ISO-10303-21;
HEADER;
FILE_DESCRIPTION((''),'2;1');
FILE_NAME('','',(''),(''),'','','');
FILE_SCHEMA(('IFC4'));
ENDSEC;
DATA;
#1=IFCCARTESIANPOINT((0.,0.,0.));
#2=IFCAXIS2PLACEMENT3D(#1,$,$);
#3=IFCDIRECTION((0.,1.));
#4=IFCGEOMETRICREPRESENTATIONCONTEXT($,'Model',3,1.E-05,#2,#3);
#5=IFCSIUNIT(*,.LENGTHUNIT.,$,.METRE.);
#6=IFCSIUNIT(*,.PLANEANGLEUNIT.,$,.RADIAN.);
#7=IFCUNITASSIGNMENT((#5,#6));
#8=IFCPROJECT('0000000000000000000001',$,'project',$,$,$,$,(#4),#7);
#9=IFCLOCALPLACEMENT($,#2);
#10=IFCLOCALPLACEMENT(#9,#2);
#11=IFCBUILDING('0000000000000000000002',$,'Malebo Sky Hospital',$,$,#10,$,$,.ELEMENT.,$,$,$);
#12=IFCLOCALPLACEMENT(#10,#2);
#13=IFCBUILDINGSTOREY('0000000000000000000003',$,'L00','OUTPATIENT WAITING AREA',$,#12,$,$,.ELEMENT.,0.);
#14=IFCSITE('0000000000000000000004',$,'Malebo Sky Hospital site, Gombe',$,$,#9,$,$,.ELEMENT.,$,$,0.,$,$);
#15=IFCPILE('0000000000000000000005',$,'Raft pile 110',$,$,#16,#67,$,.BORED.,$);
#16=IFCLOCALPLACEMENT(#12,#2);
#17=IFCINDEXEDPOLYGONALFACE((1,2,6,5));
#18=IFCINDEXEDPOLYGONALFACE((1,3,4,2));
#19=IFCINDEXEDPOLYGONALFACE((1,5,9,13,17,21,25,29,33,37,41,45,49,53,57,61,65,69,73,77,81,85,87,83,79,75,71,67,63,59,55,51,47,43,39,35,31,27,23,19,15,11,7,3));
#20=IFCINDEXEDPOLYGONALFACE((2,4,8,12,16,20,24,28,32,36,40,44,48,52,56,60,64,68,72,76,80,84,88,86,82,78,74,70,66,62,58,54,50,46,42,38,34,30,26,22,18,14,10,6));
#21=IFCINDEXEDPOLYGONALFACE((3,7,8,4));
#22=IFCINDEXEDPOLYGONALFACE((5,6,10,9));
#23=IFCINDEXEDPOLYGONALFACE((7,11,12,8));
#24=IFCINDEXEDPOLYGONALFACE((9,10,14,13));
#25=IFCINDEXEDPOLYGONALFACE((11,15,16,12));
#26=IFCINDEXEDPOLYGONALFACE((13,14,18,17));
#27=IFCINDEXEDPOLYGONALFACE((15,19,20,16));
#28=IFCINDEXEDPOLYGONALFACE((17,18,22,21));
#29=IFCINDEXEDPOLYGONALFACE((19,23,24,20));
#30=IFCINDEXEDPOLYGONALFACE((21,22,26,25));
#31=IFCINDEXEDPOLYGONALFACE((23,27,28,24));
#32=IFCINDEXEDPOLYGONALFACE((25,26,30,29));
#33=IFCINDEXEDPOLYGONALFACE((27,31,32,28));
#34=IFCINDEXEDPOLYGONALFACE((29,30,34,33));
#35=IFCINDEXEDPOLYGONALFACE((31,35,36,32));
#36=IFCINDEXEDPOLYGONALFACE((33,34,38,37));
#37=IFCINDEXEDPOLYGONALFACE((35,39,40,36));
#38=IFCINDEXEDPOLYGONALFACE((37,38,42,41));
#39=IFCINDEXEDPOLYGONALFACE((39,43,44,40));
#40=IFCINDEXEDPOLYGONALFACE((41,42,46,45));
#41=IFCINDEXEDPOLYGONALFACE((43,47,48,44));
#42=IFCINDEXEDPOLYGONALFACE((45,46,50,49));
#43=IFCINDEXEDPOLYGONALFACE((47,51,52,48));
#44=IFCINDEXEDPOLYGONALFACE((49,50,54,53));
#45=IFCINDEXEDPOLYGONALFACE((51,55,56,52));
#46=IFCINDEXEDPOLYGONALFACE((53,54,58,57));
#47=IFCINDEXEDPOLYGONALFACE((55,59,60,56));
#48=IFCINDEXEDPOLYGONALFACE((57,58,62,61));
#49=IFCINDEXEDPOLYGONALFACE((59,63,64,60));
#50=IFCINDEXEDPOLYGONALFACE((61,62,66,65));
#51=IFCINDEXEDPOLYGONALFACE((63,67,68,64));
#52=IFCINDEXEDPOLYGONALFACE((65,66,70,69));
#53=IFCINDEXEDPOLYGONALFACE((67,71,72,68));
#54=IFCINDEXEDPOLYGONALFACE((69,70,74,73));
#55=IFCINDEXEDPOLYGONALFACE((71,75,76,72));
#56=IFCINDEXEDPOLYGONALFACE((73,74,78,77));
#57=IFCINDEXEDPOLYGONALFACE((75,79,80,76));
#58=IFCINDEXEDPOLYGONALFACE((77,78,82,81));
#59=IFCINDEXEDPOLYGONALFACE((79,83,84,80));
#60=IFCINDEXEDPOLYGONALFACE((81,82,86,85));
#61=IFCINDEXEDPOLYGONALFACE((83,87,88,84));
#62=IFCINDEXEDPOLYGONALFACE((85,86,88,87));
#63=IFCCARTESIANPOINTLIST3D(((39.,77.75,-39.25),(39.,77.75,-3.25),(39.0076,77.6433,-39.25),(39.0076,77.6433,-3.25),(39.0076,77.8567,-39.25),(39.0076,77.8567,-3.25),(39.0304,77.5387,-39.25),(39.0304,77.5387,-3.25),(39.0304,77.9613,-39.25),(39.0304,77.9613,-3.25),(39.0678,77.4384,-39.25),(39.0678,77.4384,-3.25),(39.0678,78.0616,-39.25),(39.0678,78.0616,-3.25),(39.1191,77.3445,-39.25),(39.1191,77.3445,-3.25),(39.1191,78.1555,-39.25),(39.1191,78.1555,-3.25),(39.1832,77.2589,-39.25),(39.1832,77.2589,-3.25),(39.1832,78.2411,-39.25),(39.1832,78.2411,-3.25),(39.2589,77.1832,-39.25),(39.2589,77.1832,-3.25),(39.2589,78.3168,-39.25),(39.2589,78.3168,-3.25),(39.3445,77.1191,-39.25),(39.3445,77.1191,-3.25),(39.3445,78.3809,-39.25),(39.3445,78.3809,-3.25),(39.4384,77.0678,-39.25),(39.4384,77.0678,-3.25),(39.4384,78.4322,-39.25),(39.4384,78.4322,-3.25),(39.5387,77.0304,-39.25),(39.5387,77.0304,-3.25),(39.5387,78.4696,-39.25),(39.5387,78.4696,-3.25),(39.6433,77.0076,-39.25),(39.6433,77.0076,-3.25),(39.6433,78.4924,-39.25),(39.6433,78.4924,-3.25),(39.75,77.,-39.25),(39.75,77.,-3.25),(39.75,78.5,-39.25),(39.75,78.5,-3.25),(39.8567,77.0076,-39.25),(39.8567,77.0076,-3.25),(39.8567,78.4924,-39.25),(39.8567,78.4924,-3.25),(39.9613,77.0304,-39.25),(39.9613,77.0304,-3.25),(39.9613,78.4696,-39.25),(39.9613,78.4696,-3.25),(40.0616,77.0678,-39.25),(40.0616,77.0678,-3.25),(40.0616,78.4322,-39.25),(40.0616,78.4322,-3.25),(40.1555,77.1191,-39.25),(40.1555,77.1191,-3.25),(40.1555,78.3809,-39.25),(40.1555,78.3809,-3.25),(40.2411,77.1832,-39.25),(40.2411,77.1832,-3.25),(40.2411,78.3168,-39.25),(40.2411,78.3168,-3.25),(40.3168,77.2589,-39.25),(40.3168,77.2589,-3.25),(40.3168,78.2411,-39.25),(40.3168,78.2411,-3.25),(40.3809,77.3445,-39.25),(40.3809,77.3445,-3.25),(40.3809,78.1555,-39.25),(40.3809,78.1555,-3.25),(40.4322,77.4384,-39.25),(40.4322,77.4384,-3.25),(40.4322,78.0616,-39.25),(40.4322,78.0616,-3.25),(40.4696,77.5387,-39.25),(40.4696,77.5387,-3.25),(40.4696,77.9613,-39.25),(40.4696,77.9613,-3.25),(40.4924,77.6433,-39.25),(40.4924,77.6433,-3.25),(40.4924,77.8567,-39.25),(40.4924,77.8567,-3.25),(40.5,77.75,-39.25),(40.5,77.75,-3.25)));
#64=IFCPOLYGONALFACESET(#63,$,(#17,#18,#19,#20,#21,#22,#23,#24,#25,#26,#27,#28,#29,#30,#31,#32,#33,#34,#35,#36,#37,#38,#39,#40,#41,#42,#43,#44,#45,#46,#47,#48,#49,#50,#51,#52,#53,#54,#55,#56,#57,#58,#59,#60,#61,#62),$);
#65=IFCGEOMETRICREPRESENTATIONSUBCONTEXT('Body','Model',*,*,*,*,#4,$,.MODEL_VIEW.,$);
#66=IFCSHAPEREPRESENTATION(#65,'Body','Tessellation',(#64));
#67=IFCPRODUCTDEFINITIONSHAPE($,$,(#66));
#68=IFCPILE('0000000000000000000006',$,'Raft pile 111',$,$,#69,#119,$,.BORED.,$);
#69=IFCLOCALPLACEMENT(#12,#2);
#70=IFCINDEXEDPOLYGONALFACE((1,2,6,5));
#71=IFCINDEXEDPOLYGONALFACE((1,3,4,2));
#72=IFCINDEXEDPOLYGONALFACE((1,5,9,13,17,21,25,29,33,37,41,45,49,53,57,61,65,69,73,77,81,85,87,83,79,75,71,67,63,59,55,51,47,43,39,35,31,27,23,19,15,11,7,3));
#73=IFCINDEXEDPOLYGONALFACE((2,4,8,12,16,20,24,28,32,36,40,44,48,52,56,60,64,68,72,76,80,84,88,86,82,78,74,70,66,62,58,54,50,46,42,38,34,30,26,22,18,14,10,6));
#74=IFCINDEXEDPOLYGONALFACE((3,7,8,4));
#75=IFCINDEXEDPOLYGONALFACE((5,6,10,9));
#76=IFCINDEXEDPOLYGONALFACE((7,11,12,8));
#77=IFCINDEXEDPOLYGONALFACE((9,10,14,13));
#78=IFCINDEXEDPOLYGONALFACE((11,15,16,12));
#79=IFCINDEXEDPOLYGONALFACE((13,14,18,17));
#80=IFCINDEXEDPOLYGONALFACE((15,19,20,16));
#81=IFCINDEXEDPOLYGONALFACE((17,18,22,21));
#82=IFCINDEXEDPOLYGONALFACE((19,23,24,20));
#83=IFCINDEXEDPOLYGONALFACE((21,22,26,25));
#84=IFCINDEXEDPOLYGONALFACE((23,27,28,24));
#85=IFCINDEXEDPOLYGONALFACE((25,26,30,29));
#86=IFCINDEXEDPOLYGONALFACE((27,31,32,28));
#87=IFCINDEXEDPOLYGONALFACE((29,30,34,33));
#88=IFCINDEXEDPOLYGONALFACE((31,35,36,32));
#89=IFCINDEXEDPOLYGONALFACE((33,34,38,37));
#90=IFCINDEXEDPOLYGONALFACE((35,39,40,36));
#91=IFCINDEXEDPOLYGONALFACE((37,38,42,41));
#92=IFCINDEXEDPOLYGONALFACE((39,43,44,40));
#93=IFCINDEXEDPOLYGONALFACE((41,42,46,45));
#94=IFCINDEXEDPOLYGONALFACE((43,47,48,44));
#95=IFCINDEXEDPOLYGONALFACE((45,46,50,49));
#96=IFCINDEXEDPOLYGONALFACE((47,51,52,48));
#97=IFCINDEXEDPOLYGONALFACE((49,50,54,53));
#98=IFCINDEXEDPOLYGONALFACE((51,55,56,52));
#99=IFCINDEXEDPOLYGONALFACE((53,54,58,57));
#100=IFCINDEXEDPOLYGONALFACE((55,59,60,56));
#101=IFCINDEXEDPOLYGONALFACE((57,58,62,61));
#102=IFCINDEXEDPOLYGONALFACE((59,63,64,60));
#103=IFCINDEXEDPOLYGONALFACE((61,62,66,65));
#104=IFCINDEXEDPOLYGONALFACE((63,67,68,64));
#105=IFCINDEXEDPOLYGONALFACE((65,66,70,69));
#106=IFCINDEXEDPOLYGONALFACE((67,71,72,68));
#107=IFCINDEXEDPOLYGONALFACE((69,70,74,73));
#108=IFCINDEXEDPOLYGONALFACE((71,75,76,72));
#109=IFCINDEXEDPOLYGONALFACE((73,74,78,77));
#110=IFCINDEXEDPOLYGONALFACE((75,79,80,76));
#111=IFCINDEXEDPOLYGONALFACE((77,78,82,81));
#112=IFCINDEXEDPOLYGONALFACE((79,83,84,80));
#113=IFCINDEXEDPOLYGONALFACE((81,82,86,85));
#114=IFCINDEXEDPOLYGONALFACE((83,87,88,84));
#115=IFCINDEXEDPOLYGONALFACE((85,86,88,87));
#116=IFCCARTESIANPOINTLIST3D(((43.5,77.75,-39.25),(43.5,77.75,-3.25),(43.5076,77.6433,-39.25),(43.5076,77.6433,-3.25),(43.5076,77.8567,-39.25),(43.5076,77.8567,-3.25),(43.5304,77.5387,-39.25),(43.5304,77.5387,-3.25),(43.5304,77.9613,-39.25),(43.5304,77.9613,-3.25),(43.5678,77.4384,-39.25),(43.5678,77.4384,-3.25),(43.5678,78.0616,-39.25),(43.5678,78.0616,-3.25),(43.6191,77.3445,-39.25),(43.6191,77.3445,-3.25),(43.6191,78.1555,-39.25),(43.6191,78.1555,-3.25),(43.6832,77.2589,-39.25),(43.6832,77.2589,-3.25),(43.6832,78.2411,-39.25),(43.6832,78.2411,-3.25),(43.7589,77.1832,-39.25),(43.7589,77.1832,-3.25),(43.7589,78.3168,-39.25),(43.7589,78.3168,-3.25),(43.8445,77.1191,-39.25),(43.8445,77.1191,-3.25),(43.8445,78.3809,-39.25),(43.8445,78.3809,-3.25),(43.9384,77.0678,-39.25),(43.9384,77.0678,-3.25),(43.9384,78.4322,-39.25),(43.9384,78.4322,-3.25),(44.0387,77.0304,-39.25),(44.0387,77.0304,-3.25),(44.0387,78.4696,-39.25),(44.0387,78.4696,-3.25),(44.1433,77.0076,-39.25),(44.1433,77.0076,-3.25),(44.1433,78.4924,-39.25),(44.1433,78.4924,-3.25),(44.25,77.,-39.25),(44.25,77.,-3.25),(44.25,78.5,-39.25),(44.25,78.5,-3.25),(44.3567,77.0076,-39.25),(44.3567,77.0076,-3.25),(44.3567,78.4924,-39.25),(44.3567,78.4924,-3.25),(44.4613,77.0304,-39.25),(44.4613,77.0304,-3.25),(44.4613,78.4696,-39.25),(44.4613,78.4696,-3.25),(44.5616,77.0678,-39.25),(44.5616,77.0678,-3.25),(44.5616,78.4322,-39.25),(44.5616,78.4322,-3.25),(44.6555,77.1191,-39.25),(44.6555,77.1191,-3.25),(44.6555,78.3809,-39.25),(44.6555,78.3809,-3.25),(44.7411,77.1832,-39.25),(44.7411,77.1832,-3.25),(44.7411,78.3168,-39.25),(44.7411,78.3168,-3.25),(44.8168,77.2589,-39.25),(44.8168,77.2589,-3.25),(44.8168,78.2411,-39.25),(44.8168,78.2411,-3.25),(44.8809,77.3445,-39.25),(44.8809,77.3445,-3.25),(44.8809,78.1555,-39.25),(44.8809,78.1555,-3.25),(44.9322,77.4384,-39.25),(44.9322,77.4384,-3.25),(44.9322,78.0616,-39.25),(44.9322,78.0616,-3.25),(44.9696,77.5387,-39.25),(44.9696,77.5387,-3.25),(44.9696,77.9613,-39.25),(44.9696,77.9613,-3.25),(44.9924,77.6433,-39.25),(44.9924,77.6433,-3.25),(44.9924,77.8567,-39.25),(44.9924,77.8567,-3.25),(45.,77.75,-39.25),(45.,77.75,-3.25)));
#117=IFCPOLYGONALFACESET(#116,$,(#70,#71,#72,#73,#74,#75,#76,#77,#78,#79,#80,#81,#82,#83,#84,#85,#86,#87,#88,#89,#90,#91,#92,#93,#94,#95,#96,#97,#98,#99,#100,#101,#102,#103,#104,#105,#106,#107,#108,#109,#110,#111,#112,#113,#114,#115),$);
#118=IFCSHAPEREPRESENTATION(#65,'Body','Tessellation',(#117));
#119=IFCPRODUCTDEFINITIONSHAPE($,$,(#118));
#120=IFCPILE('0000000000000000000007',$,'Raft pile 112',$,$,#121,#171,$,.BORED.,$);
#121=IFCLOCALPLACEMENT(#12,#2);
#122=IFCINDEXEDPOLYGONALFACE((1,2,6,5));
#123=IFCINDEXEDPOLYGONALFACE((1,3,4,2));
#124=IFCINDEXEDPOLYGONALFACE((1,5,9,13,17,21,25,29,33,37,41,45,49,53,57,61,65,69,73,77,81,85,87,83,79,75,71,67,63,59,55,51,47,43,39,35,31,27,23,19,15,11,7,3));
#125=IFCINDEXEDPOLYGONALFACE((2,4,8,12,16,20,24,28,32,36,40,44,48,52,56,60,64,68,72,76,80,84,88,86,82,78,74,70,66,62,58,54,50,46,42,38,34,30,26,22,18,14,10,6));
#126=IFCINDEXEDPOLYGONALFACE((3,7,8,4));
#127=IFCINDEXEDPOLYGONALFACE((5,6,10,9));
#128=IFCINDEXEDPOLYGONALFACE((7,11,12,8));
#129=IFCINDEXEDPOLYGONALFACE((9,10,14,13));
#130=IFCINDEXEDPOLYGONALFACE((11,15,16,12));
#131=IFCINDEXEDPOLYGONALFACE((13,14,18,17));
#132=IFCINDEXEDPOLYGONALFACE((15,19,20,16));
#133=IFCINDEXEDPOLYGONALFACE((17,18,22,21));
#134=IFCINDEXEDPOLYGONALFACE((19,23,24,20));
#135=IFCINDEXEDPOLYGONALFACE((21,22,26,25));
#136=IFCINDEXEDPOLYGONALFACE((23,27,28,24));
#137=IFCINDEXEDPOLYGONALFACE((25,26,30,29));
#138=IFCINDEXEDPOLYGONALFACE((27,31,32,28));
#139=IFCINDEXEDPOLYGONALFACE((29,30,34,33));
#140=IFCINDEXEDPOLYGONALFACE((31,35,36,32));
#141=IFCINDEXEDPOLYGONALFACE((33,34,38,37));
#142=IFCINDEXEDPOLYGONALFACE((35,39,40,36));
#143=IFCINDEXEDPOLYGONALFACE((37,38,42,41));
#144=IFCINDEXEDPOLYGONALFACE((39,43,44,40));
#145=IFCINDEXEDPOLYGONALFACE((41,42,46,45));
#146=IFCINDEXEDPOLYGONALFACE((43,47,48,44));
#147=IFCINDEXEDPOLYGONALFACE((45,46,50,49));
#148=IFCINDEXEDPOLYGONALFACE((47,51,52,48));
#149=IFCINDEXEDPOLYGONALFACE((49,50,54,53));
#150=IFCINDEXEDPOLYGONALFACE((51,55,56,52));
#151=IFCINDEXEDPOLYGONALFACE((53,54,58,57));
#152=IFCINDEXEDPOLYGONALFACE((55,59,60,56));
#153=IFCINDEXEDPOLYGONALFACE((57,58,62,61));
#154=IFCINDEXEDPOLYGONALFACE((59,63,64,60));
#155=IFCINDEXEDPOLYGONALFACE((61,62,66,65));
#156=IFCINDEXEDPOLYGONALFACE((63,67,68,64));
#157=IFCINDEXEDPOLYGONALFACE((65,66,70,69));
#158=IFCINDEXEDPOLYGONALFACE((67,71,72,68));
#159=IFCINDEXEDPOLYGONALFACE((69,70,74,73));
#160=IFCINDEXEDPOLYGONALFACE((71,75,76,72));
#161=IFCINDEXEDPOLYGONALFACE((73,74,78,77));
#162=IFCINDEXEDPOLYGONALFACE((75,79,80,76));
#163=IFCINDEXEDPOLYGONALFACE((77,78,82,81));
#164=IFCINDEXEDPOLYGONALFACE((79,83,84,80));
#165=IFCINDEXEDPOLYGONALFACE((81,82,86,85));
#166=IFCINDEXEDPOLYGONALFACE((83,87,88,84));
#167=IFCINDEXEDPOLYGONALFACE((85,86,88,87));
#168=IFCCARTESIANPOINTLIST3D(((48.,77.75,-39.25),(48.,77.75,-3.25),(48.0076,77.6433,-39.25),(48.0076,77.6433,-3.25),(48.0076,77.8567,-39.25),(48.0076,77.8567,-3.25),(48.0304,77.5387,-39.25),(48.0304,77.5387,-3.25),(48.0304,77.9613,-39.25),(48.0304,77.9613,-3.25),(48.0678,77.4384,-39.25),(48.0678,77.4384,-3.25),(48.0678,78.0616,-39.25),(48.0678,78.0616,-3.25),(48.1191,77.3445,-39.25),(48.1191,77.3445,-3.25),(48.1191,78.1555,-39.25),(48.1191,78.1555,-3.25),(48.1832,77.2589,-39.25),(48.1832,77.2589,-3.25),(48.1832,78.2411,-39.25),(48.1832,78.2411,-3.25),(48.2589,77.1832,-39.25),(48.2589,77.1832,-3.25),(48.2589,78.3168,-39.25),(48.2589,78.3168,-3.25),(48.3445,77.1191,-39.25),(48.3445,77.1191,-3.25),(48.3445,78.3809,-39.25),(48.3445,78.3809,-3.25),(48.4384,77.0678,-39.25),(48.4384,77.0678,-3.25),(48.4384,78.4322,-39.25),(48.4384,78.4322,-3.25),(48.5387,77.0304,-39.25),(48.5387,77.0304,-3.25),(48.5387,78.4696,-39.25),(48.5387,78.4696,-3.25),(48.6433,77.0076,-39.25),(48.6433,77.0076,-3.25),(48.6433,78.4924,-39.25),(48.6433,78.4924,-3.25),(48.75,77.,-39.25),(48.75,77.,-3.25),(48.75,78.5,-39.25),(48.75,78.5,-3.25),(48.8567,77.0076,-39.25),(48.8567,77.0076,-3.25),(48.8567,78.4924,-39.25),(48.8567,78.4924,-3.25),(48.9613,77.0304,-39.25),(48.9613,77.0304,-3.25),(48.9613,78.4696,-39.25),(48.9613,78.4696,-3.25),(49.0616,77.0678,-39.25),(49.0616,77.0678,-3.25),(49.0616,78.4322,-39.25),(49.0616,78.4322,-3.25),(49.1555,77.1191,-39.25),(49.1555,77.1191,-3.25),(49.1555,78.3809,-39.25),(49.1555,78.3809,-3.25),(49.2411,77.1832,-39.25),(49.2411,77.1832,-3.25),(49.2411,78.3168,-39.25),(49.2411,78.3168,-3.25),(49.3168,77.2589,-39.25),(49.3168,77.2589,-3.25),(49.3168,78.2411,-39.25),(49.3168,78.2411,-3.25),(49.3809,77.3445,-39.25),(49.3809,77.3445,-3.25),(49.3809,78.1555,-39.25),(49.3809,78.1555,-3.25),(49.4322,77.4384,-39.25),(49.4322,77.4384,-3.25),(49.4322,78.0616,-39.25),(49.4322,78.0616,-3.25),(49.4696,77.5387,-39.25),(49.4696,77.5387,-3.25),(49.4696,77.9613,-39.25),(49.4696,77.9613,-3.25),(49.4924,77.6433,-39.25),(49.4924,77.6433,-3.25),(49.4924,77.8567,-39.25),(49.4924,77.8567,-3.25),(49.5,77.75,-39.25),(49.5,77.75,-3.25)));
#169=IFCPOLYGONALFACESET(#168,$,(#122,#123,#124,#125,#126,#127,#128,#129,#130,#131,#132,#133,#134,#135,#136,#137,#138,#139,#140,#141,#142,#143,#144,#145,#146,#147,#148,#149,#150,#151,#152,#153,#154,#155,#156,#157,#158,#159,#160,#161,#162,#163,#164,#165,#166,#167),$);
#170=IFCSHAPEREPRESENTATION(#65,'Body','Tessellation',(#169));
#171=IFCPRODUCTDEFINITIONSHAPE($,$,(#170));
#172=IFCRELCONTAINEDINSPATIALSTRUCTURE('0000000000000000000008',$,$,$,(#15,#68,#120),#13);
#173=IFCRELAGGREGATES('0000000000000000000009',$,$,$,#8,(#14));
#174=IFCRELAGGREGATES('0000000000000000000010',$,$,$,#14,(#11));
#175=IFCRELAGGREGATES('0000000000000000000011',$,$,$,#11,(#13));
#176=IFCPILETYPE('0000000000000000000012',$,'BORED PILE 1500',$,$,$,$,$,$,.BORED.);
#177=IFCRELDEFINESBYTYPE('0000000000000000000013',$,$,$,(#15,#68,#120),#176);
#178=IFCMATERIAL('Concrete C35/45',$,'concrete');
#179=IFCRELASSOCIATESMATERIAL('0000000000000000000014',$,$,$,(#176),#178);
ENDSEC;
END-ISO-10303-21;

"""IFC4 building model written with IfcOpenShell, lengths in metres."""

from ifc_helpers import new_model, si_unit, direction, frame, origin, origin_2d, place, context, subcontext, project, spatial, circle, extrude, material, material_profile, profile_set, type_object, element, save


model = new_model("IFC4")

# Units and contexts
model_context = context("Model", 3, precision=1e-05, world=origin(), true_north=direction((0.0, 1.0)))
body_context = subcontext(model_context, "Body", "Model", "MODEL_VIEW")
ifc_project = project(units=[si_unit("LENGTHUNIT", "METRE"), si_unit("PLANEANGLEUNIT", "RADIAN")], contexts=[model_context])

# Site, building, storey
site_placement = place(None, origin())
site = spatial("IfcSite", under=ifc_project, at=site_placement, Name="Malebo Sky Hospital site, Gombe", CompositionType="ELEMENT", RefElevation=0.0)
building_placement = place(site_placement, origin())
building = spatial("IfcBuilding", under=site, at=building_placement, Name="Malebo Sky Hospital", CompositionType="ELEMENT")
storey_placement = place(building_placement, origin())
storey = spatial("IfcBuildingStorey", under=building, at=storey_placement, Name="L00", Description="OUTPATIENT WAITING AREA", CompositionType="ELEMENT", Elevation=0.0)

# Piles
ifc_material_1 = material(Name="Concrete C35/45", Category="concrete")
ifc_material_profile_1 = material_profile(ifc_material_1, circle(Radius=0.75, at=origin_2d()), Name="BP 1500")
ifc_profile_set_1 = profile_set([ifc_material_profile_1], Name="Concrete C35/45")
pile_type = type_object("IfcPileType", Name="BORED PILE 1500", PredefinedType="BORED", material=ifc_profile_set_1)
for number, where, z_axis, x_axis, name in (
    (1, (39.75, 77.75, -3.25), (0.0, 0.0, -1.0), (1.0, 0.0, 0.0), "Raft pile 110"),
    (2, (44.25, 77.75, -3.25), (0.0, 0.0, -1.0), (1.0, 0.0, 0.0), "Raft pile 111"),
    (3, (48.75, 77.75, -3.25), (0.0, 0.0, -1.0), (1.0, 0.0, 0.0), "Raft pile 112"),
):
    element("IfcPile", number, at=place(storey_placement, frame(where, z_axis=z_axis, x_axis=x_axis)), inside=storey, type_object=pile_type, Name=name, PredefinedType="BORED", context=body_context, shape_type="SweptSolid", body=[
        extrude(circle(Radius=0.75, at=origin_2d()), origin(), (0.0, 0.0, 1.0), 36.0),
    ])

save(model, "model.ifc")
